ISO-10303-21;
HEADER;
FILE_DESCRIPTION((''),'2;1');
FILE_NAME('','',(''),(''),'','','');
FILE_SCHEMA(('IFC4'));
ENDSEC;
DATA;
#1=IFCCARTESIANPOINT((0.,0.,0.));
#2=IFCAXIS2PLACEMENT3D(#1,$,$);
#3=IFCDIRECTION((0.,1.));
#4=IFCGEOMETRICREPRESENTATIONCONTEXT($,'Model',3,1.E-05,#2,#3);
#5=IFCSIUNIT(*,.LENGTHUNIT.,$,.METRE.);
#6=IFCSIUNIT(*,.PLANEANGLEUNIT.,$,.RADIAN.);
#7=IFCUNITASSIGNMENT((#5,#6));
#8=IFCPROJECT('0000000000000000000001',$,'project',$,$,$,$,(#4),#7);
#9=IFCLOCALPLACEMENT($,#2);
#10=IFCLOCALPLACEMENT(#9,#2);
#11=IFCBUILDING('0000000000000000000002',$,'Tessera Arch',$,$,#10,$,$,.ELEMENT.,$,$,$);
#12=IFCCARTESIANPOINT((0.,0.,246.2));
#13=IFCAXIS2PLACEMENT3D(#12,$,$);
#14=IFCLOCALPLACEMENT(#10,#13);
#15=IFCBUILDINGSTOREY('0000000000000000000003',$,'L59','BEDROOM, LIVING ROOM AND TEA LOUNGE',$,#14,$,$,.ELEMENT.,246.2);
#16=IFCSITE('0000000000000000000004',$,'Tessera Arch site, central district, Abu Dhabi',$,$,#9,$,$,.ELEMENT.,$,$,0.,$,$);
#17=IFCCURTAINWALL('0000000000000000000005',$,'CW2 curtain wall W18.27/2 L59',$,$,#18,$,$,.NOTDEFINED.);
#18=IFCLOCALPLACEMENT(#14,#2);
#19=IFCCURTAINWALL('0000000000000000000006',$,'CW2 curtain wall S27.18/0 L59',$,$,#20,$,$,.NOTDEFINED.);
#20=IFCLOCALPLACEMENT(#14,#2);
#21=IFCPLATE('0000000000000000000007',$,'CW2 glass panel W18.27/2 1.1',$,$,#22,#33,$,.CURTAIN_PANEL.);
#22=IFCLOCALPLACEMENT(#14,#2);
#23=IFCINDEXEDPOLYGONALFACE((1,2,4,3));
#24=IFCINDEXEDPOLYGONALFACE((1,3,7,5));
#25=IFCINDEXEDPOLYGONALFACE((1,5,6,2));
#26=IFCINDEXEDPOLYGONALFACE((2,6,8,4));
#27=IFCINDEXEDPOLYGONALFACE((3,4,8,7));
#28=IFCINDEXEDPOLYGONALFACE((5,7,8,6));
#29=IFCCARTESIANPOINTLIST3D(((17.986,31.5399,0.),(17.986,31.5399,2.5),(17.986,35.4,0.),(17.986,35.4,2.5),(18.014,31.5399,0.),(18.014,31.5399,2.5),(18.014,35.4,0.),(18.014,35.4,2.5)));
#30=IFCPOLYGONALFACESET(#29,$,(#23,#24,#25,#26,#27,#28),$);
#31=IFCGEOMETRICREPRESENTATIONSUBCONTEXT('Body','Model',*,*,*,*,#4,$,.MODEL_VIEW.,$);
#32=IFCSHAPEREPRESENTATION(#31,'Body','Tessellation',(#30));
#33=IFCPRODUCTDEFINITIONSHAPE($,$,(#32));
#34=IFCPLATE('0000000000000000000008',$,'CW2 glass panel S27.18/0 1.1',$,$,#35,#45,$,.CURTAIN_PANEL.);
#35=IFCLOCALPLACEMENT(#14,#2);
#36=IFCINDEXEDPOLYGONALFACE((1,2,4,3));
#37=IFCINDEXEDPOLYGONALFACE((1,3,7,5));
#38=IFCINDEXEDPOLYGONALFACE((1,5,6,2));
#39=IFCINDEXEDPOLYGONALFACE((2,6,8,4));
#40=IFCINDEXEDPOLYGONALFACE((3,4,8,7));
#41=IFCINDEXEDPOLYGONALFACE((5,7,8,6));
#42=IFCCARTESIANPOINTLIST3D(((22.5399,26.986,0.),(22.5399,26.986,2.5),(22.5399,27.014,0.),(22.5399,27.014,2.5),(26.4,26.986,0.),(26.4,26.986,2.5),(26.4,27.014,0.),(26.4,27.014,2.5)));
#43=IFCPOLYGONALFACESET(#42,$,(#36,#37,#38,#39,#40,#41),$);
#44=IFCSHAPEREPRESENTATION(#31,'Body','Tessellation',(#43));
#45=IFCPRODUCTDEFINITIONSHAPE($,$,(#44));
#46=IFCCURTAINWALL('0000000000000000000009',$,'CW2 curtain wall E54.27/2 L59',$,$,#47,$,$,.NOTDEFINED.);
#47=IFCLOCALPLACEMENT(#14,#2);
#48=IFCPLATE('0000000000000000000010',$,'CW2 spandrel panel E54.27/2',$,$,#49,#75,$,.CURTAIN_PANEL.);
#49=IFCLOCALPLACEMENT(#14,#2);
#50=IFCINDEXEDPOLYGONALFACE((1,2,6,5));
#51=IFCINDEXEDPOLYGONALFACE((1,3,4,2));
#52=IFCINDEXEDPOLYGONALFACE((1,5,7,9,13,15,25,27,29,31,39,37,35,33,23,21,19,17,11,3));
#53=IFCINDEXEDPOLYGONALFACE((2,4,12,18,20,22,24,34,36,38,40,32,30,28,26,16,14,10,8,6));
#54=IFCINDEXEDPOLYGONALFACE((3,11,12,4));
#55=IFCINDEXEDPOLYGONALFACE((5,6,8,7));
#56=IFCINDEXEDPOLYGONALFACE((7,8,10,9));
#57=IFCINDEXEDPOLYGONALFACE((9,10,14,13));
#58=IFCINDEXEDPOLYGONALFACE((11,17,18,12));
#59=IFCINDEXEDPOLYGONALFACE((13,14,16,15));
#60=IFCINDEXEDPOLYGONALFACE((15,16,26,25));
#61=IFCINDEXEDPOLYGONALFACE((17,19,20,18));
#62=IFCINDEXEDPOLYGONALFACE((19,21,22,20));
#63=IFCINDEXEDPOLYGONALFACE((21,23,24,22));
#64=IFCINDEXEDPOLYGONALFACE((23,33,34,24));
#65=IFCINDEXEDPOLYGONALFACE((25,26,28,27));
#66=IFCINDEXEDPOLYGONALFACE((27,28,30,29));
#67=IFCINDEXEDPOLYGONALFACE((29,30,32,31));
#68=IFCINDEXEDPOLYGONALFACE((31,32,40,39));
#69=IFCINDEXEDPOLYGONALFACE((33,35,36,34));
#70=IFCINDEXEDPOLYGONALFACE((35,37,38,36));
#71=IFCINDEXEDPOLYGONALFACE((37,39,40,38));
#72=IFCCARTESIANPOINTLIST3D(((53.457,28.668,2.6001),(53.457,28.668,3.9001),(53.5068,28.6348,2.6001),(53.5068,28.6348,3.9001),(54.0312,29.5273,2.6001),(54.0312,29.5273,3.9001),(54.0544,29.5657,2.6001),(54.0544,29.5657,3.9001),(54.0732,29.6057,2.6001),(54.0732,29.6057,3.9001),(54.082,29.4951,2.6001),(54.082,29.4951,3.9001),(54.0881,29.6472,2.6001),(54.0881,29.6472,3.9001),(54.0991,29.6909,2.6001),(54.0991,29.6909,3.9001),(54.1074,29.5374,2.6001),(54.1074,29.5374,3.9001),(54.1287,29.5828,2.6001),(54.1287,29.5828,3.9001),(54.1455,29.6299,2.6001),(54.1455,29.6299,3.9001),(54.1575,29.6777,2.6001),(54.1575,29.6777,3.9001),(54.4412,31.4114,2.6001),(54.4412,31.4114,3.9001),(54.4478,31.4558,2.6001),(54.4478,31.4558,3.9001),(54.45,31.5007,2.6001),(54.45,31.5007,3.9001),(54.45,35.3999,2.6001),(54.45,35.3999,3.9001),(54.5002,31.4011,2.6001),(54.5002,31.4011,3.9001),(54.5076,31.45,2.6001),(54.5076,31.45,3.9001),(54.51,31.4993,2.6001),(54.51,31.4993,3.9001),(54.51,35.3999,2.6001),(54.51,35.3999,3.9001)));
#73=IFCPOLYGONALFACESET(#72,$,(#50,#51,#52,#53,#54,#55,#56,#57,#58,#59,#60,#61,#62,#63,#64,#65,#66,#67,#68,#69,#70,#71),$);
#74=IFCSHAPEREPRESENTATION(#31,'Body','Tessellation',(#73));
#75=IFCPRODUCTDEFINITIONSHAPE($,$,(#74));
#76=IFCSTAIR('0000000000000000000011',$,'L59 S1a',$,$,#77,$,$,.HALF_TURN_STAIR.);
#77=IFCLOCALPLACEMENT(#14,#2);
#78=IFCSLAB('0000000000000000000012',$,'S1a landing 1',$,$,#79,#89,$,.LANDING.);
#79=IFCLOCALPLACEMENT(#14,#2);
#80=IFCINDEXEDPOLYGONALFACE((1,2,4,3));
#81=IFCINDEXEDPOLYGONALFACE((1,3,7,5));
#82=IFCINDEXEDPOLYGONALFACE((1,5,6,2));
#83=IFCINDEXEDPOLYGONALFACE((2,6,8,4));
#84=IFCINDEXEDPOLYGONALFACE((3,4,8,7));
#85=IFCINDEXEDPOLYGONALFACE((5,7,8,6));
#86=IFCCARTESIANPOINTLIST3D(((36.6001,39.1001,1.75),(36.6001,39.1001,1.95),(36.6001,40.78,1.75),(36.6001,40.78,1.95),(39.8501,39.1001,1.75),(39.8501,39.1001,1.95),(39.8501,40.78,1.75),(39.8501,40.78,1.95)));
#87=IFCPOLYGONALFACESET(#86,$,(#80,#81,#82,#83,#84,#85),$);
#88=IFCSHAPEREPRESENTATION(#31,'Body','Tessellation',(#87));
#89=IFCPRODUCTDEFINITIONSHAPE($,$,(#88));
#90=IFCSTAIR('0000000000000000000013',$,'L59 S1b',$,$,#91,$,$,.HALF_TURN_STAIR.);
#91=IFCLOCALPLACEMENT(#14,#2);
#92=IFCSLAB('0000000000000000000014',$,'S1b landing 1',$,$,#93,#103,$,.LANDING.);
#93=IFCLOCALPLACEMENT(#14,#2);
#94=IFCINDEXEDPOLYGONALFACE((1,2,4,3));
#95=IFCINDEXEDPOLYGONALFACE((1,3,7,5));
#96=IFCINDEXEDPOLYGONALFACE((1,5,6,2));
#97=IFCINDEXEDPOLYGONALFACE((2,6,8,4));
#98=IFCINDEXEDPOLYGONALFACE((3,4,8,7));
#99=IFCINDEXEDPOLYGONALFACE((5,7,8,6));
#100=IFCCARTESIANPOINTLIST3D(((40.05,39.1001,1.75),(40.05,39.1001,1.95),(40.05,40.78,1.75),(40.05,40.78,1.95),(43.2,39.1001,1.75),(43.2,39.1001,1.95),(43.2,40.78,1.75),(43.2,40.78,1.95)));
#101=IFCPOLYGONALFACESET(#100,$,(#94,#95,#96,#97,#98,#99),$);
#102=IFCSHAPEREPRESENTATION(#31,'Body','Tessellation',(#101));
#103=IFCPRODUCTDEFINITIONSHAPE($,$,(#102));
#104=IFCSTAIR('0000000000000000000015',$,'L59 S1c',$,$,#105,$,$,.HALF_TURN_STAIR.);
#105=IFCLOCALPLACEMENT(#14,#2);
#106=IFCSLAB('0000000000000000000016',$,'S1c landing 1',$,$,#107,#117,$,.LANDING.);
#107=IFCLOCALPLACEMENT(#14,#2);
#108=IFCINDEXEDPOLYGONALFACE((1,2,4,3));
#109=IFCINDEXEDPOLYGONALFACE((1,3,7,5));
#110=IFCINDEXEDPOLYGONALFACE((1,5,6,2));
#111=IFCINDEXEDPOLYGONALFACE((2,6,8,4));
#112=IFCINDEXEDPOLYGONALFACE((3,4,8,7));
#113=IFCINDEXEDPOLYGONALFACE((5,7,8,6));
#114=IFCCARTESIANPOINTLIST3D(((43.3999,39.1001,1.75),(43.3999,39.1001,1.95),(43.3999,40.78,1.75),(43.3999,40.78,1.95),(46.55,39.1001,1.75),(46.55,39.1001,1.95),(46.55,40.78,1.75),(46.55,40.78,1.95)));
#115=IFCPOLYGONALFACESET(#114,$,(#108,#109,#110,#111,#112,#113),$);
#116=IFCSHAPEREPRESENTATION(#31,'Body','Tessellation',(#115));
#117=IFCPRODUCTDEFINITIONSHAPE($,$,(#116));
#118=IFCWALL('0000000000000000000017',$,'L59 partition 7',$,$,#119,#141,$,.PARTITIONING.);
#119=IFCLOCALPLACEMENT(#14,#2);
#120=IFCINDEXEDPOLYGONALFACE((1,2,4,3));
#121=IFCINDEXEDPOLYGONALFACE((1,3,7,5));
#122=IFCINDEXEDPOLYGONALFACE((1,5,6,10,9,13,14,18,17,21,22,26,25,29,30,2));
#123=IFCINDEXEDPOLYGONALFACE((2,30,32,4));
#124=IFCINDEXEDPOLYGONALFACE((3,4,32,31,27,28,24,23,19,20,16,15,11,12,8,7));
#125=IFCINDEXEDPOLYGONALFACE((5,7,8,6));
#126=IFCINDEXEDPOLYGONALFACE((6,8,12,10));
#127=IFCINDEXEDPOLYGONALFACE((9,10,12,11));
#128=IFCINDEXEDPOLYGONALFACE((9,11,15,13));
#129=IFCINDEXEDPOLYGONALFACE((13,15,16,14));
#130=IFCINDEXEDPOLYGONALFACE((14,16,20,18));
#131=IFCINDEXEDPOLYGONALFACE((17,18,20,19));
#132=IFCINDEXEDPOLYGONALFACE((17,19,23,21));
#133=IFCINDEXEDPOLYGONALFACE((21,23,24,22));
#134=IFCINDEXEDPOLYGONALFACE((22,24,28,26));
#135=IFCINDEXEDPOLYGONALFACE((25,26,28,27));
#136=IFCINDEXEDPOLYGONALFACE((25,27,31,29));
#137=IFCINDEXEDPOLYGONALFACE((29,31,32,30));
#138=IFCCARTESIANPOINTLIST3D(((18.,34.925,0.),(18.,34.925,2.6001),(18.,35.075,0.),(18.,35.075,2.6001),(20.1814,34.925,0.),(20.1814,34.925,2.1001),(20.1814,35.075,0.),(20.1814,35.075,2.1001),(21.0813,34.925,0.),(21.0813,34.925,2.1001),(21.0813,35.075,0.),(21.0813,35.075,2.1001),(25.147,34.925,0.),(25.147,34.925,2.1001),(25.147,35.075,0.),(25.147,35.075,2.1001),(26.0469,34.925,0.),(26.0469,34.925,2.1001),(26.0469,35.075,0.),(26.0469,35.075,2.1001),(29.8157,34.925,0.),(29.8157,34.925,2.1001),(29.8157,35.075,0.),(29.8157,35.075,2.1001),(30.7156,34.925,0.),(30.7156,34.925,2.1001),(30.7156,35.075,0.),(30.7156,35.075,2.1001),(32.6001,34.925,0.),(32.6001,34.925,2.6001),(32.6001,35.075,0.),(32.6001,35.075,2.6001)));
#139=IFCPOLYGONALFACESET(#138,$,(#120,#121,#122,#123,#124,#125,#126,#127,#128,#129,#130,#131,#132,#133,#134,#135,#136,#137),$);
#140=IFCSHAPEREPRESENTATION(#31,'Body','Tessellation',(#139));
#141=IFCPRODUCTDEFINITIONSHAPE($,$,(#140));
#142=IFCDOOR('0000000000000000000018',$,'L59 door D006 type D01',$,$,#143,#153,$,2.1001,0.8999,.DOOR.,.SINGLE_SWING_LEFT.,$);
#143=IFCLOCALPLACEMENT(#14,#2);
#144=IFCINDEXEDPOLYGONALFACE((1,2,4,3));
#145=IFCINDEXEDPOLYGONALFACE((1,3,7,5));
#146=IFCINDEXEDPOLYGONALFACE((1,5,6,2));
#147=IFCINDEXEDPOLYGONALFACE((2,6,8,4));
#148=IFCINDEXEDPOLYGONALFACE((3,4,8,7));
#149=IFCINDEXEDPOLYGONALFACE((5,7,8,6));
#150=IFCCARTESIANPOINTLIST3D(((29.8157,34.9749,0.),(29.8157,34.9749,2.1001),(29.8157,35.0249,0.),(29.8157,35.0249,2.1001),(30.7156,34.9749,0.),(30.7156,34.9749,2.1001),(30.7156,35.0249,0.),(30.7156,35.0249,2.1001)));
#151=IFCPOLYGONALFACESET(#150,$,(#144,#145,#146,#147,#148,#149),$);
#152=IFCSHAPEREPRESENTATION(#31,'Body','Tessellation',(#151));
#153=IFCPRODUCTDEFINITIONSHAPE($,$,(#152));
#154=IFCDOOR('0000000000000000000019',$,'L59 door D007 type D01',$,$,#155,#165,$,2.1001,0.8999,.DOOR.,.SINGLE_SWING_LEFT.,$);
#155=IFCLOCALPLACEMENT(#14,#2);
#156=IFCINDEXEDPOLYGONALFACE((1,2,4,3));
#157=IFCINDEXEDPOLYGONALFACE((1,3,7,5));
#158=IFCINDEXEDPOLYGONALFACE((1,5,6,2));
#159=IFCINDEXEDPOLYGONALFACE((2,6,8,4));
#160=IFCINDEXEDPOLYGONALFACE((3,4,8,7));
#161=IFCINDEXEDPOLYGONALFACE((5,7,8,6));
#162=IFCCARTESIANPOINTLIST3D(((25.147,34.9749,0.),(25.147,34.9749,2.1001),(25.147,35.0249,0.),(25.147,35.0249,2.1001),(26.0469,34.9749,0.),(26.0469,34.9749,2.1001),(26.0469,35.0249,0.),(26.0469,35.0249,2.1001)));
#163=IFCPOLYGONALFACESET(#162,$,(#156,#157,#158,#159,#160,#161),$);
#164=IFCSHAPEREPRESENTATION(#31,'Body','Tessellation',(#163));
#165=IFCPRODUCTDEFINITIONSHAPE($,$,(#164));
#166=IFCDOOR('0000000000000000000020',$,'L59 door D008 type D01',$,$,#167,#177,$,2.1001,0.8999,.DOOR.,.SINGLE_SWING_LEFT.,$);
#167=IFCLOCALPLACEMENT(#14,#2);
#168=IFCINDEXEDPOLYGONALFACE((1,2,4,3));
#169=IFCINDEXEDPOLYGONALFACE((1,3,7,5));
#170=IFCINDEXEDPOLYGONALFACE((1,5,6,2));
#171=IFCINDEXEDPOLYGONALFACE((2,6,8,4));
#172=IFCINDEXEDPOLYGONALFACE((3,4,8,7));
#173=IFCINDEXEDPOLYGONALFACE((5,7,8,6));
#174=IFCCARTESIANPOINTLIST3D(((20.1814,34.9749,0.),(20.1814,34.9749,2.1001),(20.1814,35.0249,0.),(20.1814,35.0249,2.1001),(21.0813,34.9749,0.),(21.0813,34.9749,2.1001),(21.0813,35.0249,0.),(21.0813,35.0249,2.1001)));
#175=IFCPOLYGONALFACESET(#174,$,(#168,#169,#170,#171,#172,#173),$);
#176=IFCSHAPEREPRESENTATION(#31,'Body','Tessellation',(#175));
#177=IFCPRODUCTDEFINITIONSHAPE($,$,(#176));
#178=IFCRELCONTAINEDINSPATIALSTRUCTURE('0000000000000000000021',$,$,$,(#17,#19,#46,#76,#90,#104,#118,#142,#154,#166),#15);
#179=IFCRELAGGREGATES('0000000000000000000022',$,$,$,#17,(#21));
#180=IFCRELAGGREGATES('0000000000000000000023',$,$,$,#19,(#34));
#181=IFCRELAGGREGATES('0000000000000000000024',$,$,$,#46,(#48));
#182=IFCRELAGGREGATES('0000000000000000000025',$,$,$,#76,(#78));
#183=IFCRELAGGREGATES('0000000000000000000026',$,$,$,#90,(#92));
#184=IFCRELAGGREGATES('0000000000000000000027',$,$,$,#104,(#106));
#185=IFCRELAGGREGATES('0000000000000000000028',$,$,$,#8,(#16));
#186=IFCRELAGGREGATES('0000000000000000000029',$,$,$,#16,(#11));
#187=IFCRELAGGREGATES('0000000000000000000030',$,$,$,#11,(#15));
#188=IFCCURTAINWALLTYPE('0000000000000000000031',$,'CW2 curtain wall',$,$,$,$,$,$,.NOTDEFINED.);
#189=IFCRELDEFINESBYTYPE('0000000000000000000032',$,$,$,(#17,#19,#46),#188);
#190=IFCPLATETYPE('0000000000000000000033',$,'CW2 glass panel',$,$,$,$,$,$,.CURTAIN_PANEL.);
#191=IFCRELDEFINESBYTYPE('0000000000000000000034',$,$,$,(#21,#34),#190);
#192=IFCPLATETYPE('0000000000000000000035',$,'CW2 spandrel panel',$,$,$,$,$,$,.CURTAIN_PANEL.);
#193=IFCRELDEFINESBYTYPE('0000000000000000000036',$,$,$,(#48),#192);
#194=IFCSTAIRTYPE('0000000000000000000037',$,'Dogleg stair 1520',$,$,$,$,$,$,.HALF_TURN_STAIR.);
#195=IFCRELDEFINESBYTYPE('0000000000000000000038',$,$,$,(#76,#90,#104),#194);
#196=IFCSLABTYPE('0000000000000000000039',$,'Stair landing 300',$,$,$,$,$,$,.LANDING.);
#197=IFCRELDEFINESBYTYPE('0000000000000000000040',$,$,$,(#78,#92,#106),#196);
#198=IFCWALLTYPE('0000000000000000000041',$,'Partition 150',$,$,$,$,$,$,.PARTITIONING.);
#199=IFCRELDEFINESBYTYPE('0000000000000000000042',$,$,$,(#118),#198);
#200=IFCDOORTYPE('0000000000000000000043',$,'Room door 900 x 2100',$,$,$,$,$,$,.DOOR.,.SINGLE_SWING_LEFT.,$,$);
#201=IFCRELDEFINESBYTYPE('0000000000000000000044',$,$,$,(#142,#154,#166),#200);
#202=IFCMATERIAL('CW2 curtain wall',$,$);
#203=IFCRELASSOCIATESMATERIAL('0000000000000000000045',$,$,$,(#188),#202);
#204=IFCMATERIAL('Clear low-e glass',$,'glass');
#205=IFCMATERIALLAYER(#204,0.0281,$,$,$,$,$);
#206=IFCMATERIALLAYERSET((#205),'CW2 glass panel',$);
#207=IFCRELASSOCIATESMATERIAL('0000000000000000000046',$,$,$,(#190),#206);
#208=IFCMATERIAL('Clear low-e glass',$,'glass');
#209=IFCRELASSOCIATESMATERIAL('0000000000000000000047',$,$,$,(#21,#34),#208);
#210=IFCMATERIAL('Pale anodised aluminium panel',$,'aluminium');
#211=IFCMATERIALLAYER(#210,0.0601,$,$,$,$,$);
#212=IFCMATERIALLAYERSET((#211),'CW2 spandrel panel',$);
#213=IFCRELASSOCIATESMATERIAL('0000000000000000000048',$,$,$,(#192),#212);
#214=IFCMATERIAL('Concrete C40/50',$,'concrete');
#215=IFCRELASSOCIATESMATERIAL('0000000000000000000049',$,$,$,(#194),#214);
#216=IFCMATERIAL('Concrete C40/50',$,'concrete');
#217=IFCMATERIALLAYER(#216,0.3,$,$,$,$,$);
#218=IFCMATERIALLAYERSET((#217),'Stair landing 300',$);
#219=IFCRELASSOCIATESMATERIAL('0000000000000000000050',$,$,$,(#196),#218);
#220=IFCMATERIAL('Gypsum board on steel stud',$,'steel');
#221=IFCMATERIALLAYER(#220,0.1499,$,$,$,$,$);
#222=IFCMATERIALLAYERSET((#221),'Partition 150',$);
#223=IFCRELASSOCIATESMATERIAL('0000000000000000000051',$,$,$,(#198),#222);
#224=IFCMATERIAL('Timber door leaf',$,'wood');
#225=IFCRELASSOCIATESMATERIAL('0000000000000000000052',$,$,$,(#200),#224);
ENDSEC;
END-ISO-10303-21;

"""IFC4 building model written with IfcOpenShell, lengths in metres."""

from ifc_helpers import new_model, si_unit, direction, frame, frame_2d, origin, origin_2d, place, context, subcontext, project, spatial, polyline, rectangle, outline, extrude, material, layer, layer_set, type_object, element, fill, aggregate, save


model = new_model("IFC4")

# Units and contexts
model_context = context("Model", 3, precision=1e-05, world=origin(), true_north=direction((0.0, 1.0)))
body_context = subcontext(model_context, "Body", "Model", "MODEL_VIEW")
ifc_project = project(units=[si_unit("LENGTHUNIT", "METRE"), si_unit("PLANEANGLEUNIT", "RADIAN")], contexts=[model_context])

# Site, building, storey
site_placement = place(None, origin())
site = spatial("IfcSite", under=ifc_project, at=site_placement, Name="Tessera Arch site, central district, Abu Dhabi", CompositionType="ELEMENT", RefElevation=0.0)
building_placement = place(site_placement, origin())
building = spatial("IfcBuilding", under=site, at=building_placement, Name="Tessera Arch", CompositionType="ELEMENT")
storey_placement = place(building_placement, frame((0.0, 0.0, 246.2)))
storey = spatial("IfcBuildingStorey", under=building, at=storey_placement, Name="L59", Description="BEDROOM, LIVING ROOM AND TEA LOUNGE", CompositionType="ELEMENT", Elevation=246.2)

# Curtain walls
ifc_material_1 = material(Name="CW2 curtain wall")
curtain_wall_type_1 = type_object("IfcCurtainWallType", Name="CW2 curtain wall", PredefinedType="NOTDEFINED", material=ifc_material_1)
curtain_wall_1_placement = place(storey_placement, origin())
curtain_wall_1 = element("IfcCurtainWall", 1, at=curtain_wall_1_placement, inside=storey, type_object=curtain_wall_type_1, Name="CW2 curtain wall W18.27/2 L59", PredefinedType="NOTDEFINED")
curtain_wall_2_placement = place(storey_placement, origin())
curtain_wall_2 = element("IfcCurtainWall", 2, at=curtain_wall_2_placement, inside=storey, type_object=curtain_wall_type_1, Name="CW2 curtain wall S27.18/0 L59", PredefinedType="NOTDEFINED")

# Plates
ifc_material_2 = material(Name="Clear low-e glass", Category="glass")
ifc_material_3 = material(Name="Clear low-e glass", Category="glass")
ifc_layer_1 = layer(ifc_material_3, 0.0281)
ifc_layer_set_1 = layer_set([ifc_layer_1], Name="CW2 glass panel")
plate_type_1 = type_object("IfcPlateType", Name="CW2 glass panel", PredefinedType="CURTAIN_PANEL", material=ifc_layer_set_1)
plate_1_placement = place(storey_placement, frame((18.0, 33.47, 0.0), z_axis=(0.0, 0.0, 1.0), x_axis=(0.0, -1.0, 0.0)))
plate_1 = element("IfcPlate", 3, at=plate_1_placement, type_object=plate_type_1, material=ifc_material_2, Name="CW2 glass panel W18.27/2 1.1", PredefinedType="CURTAIN_PANEL", context=body_context, shape_type="SweptSolid", body=[
    extrude(rectangle(XDim=3.8601, YDim=0.0281, at=origin_2d()), origin(), (0.0, 0.0, 1.0), 2.5),
])
aggregate(curtain_wall_1, [plate_1])
plate_2_placement = place(storey_placement, frame((24.47, 27.0, 0.0), z_axis=(0.0, 0.0, 1.0), x_axis=(1.0, 0.0, 0.0)))
plate_2 = element("IfcPlate", 4, at=plate_2_placement, type_object=plate_type_1, material=ifc_material_2, Name="CW2 glass panel S27.18/0 1.1", PredefinedType="CURTAIN_PANEL", context=body_context, shape_type="SweptSolid", body=[
    extrude(rectangle(XDim=3.8601, YDim=0.0281, at=origin_2d()), origin(), (0.0, 0.0, 1.0), 2.5),
])
aggregate(curtain_wall_2, [plate_2])

# Curtain wall, plate
curtain_wall_3_placement = place(storey_placement, origin())
curtain_wall_3 = element("IfcCurtainWall", 5, at=curtain_wall_3_placement, inside=storey, type_object=curtain_wall_type_1, Name="CW2 curtain wall E54.27/2 L59", PredefinedType="NOTDEFINED")
ifc_material_4 = material(Name="Pale anodised aluminium panel", Category="aluminium")
ifc_layer_2 = layer(ifc_material_4, 0.0601)
ifc_layer_set_2 = layer_set([ifc_layer_2], Name="CW2 spandrel panel")
plate_type_2 = type_object("IfcPlateType", Name="CW2 spandrel panel", PredefinedType="CURTAIN_PANEL", material=ifc_layer_set_2)
plate_3_placement = place(storey_placement, frame((0.0, 0.0, 2.6001)))
plate_3 = element("IfcPlate", 6, at=plate_3_placement, type_object=plate_type_2, Name="CW2 spandrel panel E54.27/2", PredefinedType="CURTAIN_PANEL", context=body_context, shape_type="SweptSolid", body=[
    extrude(outline(polyline([(54.0312, 29.5273), (53.457, 28.668), (53.5068, 28.6348), (54.082, 29.4951), (54.1074, 29.5374), (54.1287, 29.5828), (54.1455, 29.6299), (54.1575, 29.6777), (54.5002, 31.4011), (54.5076, 31.45), (54.51, 31.4993), (54.51, 35.3999), (54.45, 35.3999), (54.45, 31.5007), (54.4478, 31.4558), (54.4412, 31.4114), (54.0991, 29.6909), (54.0881, 29.6472), (54.0732, 29.6057), (54.0544, 29.5657), (54.0312, 29.5273)])), origin(), (0.0, 0.0, 1.0), 1.3),
])
aggregate(curtain_wall_3, [plate_3])

# Stairs, slabs
ifc_material_5 = material(Name="Concrete C40/50", Category="concrete")
stair_type = type_object("IfcStairType", Name="Dogleg stair 1520", PredefinedType="HALF_TURN_STAIR", material=ifc_material_5)
stair_1_placement = place(storey_placement, origin())
stair_1 = element("IfcStair", 7, at=stair_1_placement, inside=storey, type_object=stair_type, Name="L59 S1a", PredefinedType="HALF_TURN_STAIR")
ifc_material_6 = material(Name="Concrete C40/50", Category="concrete")
ifc_layer_3 = layer(ifc_material_6, 0.3)
ifc_layer_set_3 = layer_set([ifc_layer_3], Name="Stair landing 300")
slab_type = type_object("IfcSlabType", Name="Stair landing 300", PredefinedType="LANDING", material=ifc_layer_set_3)
slab_1_placement = place(storey_placement, frame((0.0, 0.0, 1.75)))
slab_1 = element("IfcSlab", 8, at=slab_1_placement, type_object=slab_type, Name="S1a landing 1", PredefinedType="LANDING", context=body_context, shape_type="SweptSolid", body=[
    extrude(outline(polyline([(36.6001, 40.78), (36.6001, 39.1001), (39.8501, 39.1001), (39.8501, 40.78), (36.6001, 40.78)])), origin(), (0.0, 0.0, 1.0), 0.2),
])
aggregate(stair_1, [slab_1])
stair_2_placement = place(storey_placement, origin())
stair_2 = element("IfcStair", 9, at=stair_2_placement, inside=storey, type_object=stair_type, Name="L59 S1b", PredefinedType="HALF_TURN_STAIR")
slab_2_placement = place(storey_placement, frame((0.0, 0.0, 1.75)))
slab_2 = element("IfcSlab", 10, at=slab_2_placement, type_object=slab_type, Name="S1b landing 1", PredefinedType="LANDING", context=body_context, shape_type="SweptSolid", body=[
    extrude(outline(polyline([(40.05, 40.78), (40.05, 39.1001), (43.2, 39.1001), (43.2, 40.78), (40.05, 40.78)])), origin(), (0.0, 0.0, 1.0), 0.2),
])
aggregate(stair_2, [slab_2])
stair_3_placement = place(storey_placement, origin())
stair_3 = element("IfcStair", 11, at=stair_3_placement, inside=storey, type_object=stair_type, Name="L59 S1c", PredefinedType="HALF_TURN_STAIR")
slab_3_placement = place(storey_placement, frame((0.0, 0.0, 1.75)))
slab_3 = element("IfcSlab", 12, at=slab_3_placement, type_object=slab_type, Name="S1c landing 1", PredefinedType="LANDING", context=body_context, shape_type="SweptSolid", body=[
    extrude(outline(polyline([(43.3999, 40.78), (43.3999, 39.1001), (46.55, 39.1001), (46.55, 40.78), (43.3999, 40.78)])), origin(), (0.0, 0.0, 1.0), 0.2),
])
aggregate(stair_3, [slab_3])

# Wall, openings, doors
ifc_material_7 = material(Name="Gypsum board on steel stud", Category="steel")
ifc_layer_4 = layer(ifc_material_7, 0.1499)
ifc_layer_set_4 = layer_set([ifc_layer_4], Name="Partition 150")
wall_type = type_object("IfcWallType", Name="Partition 150", PredefinedType="PARTITIONING", material=ifc_layer_set_4)
wall_placement = place(storey_placement, frame((18.0, 35.0, 0.0), z_axis=(0.0, 0.0, 1.0), x_axis=(1.0, 0.0, 0.0)))
wall = element("IfcWall", 13, at=wall_placement, inside=storey, type_object=wall_type, Name="L59 partition 7", PredefinedType="PARTITIONING", context=body_context, shape_type="SweptSolid", body=[
    extrude(rectangle(XDim=14.6001, YDim=0.1499, at=frame_2d((7.3, 0.0))), origin(), (0.0, 0.0, 1.0), 2.6001),
])
opening_1_placement = place(wall_placement, frame((11.8157, 0.0, 0.0)))
opening_1 = element("IfcOpeningElement", 14, at=opening_1_placement, cuts=wall, PredefinedType="OPENING", context=body_context, shape_type="SweptSolid", body=[
    extrude(rectangle(XDim=0.8999, YDim=2.1001, at=frame_2d((0.45, 1.05))), frame((0.0, 0.085, 0.0), z_axis=(0.0, -1.0, 0.0), x_axis=(1.0, 0.0, 0.0)), (0.0, 0.0, 1.0), 0.1699),
])
opening_2_placement = place(wall_placement, frame((7.147, 0.0, 0.0)))
opening_2 = element("IfcOpeningElement", 15, at=opening_2_placement, cuts=wall, PredefinedType="OPENING", context=body_context, shape_type="SweptSolid", body=[
    extrude(rectangle(XDim=0.8999, YDim=2.1001, at=frame_2d((0.45, 1.05))), frame((0.0, 0.085, 0.0), z_axis=(0.0, -1.0, 0.0), x_axis=(1.0, 0.0, 0.0)), (0.0, 0.0, 1.0), 0.1699),
])
opening_3_placement = place(wall_placement, frame((2.1814, 0.0, 0.0)))
opening_3 = element("IfcOpeningElement", 16, at=opening_3_placement, cuts=wall, PredefinedType="OPENING", context=body_context, shape_type="SweptSolid", body=[
    extrude(rectangle(XDim=0.8999, YDim=2.1001, at=frame_2d((0.45, 1.05))), frame((0.0, 0.085, 0.0), z_axis=(0.0, -1.0, 0.0), x_axis=(1.0, 0.0, 0.0)), (0.0, 0.0, 1.0), 0.1699),
])
ifc_material_8 = material(Name="Timber door leaf", Category="wood")
door_type = type_object("IfcDoorType", Name="Room door 900 x 2100", OperationType="SINGLE_SWING_LEFT", PredefinedType="DOOR", material=ifc_material_8)
door_1_placement = place(opening_1_placement, origin())
door_1 = element("IfcDoor", 17, at=door_1_placement, inside=storey, type_object=door_type, Name="L59 door D006 type D01", OperationType="SINGLE_SWING_LEFT", OverallHeight=2.1001, OverallWidth=0.8999, PredefinedType="DOOR", context=body_context, shape_type="SweptSolid", body=[
    extrude(rectangle(XDim=0.8999, YDim=2.1001, at=frame_2d((0.45, 1.05))), frame((0.0, 0.0249, 0.0), z_axis=(0.0, -1.0, 0.0), x_axis=(1.0, 0.0, 0.0)), (0.0, 0.0, 1.0), 0.05),
])
fill(opening_1, door_1)
door_2_placement = place(opening_2_placement, origin())
door_2 = element("IfcDoor", 18, at=door_2_placement, inside=storey, type_object=door_type, Name="L59 door D007 type D01", OperationType="SINGLE_SWING_LEFT", OverallHeight=2.1001, OverallWidth=0.8999, PredefinedType="DOOR", context=body_context, shape_type="SweptSolid", body=[
    extrude(rectangle(XDim=0.8999, YDim=2.1001, at=frame_2d((0.45, 1.05))), frame((0.0, 0.0249, 0.0), z_axis=(0.0, -1.0, 0.0), x_axis=(1.0, 0.0, 0.0)), (0.0, 0.0, 1.0), 0.05),
])
fill(opening_2, door_2)
door_3_placement = place(opening_3_placement, origin())
door_3 = element("IfcDoor", 19, at=door_3_placement, inside=storey, type_object=door_type, Name="L59 door D008 type D01", OperationType="SINGLE_SWING_LEFT", OverallHeight=2.1001, OverallWidth=0.8999, PredefinedType="DOOR", context=body_context, shape_type="SweptSolid", body=[
    extrude(rectangle(XDim=0.8999, YDim=2.1001, at=frame_2d((0.45, 1.05))), frame((0.0, 0.0249, 0.0), z_axis=(0.0, -1.0, 0.0), x_axis=(1.0, 0.0, 0.0)), (0.0, 0.0, 1.0), 0.05),
])
fill(opening_3, door_3)

save(model, "model.ifc")
